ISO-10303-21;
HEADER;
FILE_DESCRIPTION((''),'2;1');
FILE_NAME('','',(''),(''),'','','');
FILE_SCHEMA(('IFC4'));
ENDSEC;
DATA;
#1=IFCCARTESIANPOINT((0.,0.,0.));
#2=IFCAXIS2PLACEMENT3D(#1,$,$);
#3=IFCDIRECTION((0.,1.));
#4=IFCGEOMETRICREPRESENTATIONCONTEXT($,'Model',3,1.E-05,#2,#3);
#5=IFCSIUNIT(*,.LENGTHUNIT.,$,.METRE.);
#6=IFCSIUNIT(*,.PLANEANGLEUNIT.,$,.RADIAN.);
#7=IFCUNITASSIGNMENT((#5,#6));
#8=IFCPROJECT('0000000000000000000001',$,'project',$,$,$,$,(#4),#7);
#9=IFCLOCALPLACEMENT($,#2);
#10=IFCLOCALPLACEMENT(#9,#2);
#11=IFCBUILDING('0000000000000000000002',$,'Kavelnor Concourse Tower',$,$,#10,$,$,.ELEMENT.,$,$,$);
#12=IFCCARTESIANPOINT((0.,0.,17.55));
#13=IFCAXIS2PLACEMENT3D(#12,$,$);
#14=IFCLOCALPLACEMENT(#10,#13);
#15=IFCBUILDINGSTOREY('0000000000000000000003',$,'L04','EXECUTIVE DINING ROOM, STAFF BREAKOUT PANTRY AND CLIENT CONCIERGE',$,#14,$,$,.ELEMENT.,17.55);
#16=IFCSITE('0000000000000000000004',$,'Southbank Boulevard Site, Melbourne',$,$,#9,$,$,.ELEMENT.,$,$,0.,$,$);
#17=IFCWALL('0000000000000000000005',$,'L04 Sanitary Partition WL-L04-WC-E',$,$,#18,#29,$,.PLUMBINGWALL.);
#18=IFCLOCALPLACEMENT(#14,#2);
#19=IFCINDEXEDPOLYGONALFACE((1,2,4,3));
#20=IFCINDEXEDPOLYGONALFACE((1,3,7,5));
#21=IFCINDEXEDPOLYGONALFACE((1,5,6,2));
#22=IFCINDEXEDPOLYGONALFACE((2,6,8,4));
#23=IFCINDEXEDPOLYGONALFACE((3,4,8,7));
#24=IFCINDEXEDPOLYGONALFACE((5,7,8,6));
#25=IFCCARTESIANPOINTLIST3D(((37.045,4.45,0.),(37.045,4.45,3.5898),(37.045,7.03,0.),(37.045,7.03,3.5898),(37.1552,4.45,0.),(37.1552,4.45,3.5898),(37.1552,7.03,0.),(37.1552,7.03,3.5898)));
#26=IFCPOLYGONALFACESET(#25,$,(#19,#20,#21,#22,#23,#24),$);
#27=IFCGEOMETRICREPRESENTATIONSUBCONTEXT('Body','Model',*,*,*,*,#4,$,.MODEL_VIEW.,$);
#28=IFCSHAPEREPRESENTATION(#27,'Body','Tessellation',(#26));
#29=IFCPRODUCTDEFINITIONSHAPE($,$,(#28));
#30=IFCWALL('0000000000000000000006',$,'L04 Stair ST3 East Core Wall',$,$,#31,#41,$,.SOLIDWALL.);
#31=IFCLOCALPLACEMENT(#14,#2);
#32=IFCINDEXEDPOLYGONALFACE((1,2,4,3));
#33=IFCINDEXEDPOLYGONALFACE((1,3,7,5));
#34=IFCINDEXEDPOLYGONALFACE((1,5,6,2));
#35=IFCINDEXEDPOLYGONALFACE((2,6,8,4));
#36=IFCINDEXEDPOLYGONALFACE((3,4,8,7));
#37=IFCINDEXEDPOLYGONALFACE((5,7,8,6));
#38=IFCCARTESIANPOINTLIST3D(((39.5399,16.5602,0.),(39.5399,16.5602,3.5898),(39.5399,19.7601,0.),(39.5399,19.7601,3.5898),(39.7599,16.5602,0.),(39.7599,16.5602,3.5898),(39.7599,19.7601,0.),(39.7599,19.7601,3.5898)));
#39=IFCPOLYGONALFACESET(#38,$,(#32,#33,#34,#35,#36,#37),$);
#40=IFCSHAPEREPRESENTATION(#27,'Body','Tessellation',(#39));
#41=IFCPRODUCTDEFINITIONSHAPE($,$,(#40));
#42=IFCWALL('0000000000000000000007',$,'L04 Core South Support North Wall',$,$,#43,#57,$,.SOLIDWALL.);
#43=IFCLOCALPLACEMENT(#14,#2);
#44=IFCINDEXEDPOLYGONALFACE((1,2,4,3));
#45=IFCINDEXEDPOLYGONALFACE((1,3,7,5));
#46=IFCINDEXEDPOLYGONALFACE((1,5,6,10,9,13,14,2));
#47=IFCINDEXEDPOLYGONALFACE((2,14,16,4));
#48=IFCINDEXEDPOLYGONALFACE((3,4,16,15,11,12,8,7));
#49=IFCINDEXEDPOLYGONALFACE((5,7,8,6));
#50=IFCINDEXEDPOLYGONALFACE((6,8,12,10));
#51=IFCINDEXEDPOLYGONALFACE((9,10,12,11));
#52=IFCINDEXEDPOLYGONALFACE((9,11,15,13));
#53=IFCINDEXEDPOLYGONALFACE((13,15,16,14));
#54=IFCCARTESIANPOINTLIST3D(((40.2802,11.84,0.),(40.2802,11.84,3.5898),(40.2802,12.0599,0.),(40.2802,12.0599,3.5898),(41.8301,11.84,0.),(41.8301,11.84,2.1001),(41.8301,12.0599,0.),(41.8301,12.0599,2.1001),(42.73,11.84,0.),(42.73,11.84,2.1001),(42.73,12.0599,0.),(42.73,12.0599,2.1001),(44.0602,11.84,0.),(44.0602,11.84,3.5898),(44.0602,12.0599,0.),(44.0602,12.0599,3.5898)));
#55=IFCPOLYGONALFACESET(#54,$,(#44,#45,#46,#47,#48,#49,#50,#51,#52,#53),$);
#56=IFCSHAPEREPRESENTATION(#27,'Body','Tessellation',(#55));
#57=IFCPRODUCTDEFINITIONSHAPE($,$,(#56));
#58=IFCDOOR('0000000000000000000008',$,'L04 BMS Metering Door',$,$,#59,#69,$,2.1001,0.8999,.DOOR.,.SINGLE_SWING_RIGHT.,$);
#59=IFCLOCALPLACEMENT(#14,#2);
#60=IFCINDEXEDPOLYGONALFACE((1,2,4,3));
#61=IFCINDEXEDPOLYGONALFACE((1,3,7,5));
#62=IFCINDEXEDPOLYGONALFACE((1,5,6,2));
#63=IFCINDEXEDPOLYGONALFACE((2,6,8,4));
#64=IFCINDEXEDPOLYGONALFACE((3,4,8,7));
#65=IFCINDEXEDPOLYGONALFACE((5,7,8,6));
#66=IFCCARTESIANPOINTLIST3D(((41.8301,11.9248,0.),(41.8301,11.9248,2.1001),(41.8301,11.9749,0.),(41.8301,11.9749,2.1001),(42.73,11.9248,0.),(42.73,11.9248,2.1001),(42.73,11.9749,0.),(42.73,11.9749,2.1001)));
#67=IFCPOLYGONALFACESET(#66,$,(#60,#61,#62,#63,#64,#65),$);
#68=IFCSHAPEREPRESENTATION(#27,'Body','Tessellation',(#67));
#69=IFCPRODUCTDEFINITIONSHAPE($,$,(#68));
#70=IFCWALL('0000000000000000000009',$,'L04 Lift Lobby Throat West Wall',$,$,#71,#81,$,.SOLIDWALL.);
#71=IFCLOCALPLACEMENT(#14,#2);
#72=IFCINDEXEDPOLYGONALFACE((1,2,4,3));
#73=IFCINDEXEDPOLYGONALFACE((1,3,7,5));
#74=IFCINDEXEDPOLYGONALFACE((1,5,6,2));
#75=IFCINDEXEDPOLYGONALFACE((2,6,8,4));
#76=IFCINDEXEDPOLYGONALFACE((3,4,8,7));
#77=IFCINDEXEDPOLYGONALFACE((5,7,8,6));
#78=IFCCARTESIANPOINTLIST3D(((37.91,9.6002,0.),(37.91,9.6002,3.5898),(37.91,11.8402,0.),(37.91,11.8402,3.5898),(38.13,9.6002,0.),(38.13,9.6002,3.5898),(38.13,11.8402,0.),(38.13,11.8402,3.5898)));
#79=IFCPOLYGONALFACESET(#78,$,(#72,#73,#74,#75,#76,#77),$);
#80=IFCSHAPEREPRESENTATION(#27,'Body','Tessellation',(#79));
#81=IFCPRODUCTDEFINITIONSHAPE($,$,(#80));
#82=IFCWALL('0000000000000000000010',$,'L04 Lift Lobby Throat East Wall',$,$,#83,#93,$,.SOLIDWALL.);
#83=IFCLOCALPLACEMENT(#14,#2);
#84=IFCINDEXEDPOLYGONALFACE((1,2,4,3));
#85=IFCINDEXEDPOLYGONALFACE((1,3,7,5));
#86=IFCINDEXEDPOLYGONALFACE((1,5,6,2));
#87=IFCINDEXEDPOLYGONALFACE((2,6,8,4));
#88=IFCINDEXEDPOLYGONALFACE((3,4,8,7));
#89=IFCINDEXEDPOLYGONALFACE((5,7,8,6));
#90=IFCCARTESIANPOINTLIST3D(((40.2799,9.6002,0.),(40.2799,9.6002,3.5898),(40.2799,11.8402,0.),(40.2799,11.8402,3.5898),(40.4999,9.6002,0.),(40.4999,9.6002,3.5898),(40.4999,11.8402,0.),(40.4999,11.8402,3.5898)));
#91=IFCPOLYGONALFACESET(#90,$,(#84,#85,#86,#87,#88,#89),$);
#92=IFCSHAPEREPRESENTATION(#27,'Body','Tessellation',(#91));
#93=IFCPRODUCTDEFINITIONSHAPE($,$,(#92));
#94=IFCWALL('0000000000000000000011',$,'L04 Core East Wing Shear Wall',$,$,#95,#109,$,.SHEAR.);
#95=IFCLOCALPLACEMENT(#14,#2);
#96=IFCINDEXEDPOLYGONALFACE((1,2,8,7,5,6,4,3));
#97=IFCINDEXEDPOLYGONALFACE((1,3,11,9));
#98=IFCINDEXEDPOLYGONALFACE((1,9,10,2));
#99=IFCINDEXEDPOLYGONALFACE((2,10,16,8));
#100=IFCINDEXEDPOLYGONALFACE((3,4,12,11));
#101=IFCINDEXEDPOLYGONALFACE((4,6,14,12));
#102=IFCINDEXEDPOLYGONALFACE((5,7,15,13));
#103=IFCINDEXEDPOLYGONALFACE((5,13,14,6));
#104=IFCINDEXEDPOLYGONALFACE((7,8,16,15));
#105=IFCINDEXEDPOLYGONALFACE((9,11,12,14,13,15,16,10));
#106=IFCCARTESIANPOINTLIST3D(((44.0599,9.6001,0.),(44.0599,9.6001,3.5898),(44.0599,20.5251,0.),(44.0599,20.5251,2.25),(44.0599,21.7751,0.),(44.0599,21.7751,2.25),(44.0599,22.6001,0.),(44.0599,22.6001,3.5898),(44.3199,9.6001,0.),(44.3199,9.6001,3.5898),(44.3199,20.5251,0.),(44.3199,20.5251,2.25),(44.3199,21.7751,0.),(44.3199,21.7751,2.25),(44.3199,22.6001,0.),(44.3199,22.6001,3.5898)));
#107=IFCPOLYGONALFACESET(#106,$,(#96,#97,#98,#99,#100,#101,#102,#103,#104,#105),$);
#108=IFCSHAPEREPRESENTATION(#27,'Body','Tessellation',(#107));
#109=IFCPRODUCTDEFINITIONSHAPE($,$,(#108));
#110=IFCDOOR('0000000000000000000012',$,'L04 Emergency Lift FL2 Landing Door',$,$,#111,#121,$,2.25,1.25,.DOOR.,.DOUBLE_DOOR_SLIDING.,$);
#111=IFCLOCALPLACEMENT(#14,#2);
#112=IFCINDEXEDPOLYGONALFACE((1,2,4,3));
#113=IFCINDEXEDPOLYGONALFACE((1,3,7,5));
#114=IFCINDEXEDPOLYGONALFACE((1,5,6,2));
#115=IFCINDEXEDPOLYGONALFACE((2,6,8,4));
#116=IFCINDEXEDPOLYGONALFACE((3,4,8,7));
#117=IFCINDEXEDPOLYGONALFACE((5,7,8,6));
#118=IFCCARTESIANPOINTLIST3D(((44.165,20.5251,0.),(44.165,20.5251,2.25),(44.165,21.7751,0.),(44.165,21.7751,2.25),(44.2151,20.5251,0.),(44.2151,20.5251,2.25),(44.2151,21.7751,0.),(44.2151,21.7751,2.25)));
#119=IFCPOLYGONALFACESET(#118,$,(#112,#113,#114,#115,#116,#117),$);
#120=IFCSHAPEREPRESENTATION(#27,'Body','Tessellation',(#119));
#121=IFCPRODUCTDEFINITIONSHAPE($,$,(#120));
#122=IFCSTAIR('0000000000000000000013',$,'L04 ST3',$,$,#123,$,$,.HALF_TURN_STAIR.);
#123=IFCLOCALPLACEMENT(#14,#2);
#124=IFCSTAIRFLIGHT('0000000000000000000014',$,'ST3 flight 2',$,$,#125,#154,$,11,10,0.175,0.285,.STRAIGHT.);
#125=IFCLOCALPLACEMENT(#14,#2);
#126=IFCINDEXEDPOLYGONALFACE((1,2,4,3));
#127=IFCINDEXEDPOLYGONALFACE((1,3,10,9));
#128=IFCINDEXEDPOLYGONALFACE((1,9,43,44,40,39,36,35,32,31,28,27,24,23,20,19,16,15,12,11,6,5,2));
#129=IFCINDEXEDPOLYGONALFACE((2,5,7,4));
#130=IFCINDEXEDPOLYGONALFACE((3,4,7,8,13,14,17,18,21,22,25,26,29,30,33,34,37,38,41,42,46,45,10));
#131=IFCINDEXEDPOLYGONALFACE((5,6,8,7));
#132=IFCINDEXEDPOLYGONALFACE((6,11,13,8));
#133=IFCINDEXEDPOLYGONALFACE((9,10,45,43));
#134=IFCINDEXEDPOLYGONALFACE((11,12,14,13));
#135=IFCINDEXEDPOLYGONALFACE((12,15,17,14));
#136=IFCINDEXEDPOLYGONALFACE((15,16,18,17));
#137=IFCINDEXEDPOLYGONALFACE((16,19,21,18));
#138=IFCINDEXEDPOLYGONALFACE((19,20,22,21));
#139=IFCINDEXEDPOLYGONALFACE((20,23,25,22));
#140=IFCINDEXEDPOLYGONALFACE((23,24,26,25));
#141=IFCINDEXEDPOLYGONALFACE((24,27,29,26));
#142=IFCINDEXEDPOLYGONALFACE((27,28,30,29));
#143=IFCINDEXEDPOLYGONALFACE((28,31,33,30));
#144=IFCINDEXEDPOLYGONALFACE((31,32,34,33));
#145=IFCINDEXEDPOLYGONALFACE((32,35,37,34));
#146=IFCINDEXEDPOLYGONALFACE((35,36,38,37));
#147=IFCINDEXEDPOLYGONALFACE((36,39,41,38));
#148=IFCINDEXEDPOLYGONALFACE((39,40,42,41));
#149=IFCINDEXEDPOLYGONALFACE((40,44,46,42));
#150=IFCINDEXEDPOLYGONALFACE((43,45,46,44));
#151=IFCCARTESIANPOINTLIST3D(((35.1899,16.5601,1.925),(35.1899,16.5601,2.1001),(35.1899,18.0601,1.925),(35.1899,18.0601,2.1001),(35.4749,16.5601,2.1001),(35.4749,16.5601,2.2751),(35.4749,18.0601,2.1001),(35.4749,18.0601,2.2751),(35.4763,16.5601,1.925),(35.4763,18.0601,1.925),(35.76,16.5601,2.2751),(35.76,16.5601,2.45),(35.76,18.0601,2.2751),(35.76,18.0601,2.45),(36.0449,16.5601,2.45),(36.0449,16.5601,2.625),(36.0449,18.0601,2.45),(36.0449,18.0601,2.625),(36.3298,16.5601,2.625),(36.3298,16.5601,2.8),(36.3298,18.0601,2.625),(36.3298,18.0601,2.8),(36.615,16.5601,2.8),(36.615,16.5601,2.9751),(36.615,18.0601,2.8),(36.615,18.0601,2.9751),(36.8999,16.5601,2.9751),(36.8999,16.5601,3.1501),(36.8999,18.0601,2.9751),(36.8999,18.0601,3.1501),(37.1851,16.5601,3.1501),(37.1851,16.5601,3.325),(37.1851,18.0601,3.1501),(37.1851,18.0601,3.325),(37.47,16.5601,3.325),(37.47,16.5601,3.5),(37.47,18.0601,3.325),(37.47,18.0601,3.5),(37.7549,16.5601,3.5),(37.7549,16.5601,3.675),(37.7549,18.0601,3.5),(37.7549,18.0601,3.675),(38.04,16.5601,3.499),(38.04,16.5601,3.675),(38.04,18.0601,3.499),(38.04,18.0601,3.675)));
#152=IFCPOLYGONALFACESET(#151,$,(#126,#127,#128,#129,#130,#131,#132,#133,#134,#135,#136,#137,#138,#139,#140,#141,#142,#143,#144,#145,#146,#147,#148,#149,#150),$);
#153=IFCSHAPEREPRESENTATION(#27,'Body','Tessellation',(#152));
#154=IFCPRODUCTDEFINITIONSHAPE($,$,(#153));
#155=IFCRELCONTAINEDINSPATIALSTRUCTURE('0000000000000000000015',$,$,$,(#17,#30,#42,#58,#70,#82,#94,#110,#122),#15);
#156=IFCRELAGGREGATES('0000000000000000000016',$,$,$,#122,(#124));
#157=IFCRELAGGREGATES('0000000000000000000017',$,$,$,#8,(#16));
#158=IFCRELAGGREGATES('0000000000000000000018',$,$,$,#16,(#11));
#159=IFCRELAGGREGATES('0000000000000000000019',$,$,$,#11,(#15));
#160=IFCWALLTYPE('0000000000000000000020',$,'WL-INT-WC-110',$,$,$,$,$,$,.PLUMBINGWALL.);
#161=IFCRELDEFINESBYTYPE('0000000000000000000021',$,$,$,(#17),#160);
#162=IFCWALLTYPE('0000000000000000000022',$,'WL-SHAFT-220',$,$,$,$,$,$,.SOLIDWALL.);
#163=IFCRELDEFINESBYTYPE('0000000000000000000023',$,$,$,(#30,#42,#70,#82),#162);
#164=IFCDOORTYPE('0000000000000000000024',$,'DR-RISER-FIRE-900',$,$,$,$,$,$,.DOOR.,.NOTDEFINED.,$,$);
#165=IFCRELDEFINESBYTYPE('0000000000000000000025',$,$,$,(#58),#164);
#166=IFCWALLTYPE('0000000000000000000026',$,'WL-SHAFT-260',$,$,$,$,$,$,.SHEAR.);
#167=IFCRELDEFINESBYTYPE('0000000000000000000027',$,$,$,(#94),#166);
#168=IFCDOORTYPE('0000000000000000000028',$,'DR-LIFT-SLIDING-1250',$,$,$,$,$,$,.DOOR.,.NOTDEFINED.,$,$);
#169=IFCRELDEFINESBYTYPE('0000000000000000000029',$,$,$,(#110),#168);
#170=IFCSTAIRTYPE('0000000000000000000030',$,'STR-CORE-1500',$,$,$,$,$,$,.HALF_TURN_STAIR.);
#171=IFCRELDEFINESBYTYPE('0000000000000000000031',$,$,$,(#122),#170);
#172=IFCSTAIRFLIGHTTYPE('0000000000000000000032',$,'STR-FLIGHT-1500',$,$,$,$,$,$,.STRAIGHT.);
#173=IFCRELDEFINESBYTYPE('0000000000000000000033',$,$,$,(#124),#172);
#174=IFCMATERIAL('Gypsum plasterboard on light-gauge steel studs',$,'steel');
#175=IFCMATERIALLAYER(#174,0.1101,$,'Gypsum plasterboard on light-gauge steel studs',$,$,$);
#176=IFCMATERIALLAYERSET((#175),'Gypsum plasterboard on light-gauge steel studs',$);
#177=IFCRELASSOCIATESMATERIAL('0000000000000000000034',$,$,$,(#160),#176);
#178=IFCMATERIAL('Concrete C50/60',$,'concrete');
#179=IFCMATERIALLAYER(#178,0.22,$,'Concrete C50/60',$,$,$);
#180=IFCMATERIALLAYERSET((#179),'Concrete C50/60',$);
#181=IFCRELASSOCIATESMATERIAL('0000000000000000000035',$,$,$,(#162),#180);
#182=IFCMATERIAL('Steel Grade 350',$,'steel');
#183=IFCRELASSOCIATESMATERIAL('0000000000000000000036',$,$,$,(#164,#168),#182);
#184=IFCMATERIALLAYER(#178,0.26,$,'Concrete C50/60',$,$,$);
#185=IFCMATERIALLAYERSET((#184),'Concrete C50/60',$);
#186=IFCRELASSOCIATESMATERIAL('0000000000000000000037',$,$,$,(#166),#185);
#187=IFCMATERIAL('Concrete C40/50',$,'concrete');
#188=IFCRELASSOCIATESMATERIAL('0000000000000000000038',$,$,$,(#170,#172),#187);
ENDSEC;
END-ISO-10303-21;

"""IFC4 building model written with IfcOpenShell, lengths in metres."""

from ifc_helpers import new_model, si_unit, direction, frame, frame_2d, origin, place, context, subcontext, project, spatial, polyline, rectangle, outline, extrude, material, layer, layer_set, type_object, element, fill, aggregate, save


model = new_model("IFC4")

# Units and contexts
model_context = context("Model", 3, precision=1e-05, world=origin(), true_north=direction((0.0, 1.0)))
body_context = subcontext(model_context, "Body", "Model", "MODEL_VIEW")
ifc_project = project(units=[si_unit("LENGTHUNIT", "METRE"), si_unit("PLANEANGLEUNIT", "RADIAN")], contexts=[model_context])

# Site, building, storey
site_placement = place(None, origin())
site = spatial("IfcSite", under=ifc_project, at=site_placement, Name="Southbank Boulevard Site, Melbourne", CompositionType="ELEMENT", RefElevation=0.0)
building_placement = place(site_placement, origin())
building = spatial("IfcBuilding", under=site, at=building_placement, Name="Kavelnor Concourse Tower", CompositionType="ELEMENT")
storey_placement = place(building_placement, frame((0.0, 0.0, 17.55)))
storey = spatial("IfcBuildingStorey", under=building, at=storey_placement, Name="L04", Description="EXECUTIVE DINING ROOM, STAFF BREAKOUT PANTRY AND CLIENT CONCIERGE", CompositionType="ELEMENT", Elevation=17.55)

# Shared definitions
ifc_material_1 = material(Name="Steel Grade 350", Category="steel")

# Walls
ifc_material_2 = material(Name="Gypsum plasterboard on light-gauge steel studs", Category="steel")
ifc_layer_1 = layer(ifc_material_2, 0.1101, Name="Gypsum plasterboard on light-gauge steel studs")
ifc_layer_set_1 = layer_set([ifc_layer_1], Name="Gypsum plasterboard on light-gauge steel studs")
wall_type_1 = type_object("IfcWallType", Name="WL-INT-WC-110", PredefinedType="PLUMBINGWALL", material=ifc_layer_set_1)
wall_1_placement = place(storey_placement, frame((37.1001, 4.45, 0.0), z_axis=(0.0, 0.0, 1.0), x_axis=(0.0, 1.0, 0.0)))
element("IfcWall", 1, at=wall_1_placement, inside=storey, type_object=wall_type_1, Name="L04 Sanitary Partition WL-L04-WC-E", PredefinedType="PLUMBINGWALL", context=body_context, shape_type="SweptSolid", body=[
    extrude(rectangle(XDim=2.5801, YDim=0.1101, at=frame_2d((1.29, 0.0))), origin(), (0.0, 0.0, 1.0), 3.5898),
])
ifc_material_3 = material(Name="Concrete C50/60", Category="concrete")
ifc_layer_2 = layer(ifc_material_3, 0.22, Name="Concrete C50/60")
ifc_layer_set_2 = layer_set([ifc_layer_2], Name="Concrete C50/60")
wall_type_2 = type_object("IfcWallType", Name="WL-SHAFT-220", PredefinedType="SOLIDWALL", material=ifc_layer_set_2)
wall_2_placement = place(storey_placement, frame((39.6499, 16.5601, 0.0), z_axis=(0.0, 0.0, 1.0), x_axis=(0.0, 1.0, 0.0)))
element("IfcWall", 2, at=wall_2_placement, inside=storey, type_object=wall_type_2, Name="L04 Stair ST3 East Core Wall", PredefinedType="SOLIDWALL", context=body_context, shape_type="SweptSolid", body=[
    extrude(rectangle(XDim=3.2, YDim=0.22, at=frame_2d((1.6001, 0.0))), origin(), (0.0, 0.0, 1.0), 3.5898),
])

# Wall, opening, door
wall_3_placement = place(storey_placement, frame((40.28, 11.95, 0.0), z_axis=(0.0, 0.0, 1.0), x_axis=(1.0, 0.0, 0.0)))
wall_3 = element("IfcWall", 3, at=wall_3_placement, inside=storey, type_object=wall_type_2, Name="L04 Core South Support North Wall", PredefinedType="SOLIDWALL", context=body_context, shape_type="SweptSolid", body=[
    extrude(rectangle(XDim=3.78, YDim=0.22, at=frame_2d((1.8901, 0.0))), origin(), (0.0, 0.0, 1.0), 3.5898),
])
opening_1_placement = place(wall_3_placement, frame((1.55, 0.0, 0.0)))
opening_1 = element("IfcOpeningElement", 4, at=opening_1_placement, cuts=wall_3, PredefinedType="OPENING", context=body_context, shape_type="SweptSolid", body=[
    extrude(rectangle(XDim=0.8999, YDim=2.1001, at=frame_2d((0.45, 1.05))), frame((0.0, 0.1201, 0.0), z_axis=(0.0, -1.0, 0.0), x_axis=(1.0, 0.0, 0.0)), (0.0, 0.0, 1.0), 0.24),
])
door_type_1 = type_object("IfcDoorType", Name="DR-RISER-FIRE-900", OperationType="NOTDEFINED", PredefinedType="DOOR", material=ifc_material_1)
door_1_placement = place(opening_1_placement, origin())
door_1 = element("IfcDoor", 5, at=door_1_placement, inside=storey, type_object=door_type_1, Name="L04 BMS Metering Door", OperationType="SINGLE_SWING_RIGHT", OverallHeight=2.1001, OverallWidth=0.8999, PredefinedType="DOOR", context=body_context, shape_type="SweptSolid", body=[
    extrude(rectangle(XDim=0.8999, YDim=2.1001, at=frame_2d((0.45, 1.05))), frame((0.0, 0.0249, 0.0), z_axis=(0.0, -1.0, 0.0), x_axis=(1.0, 0.0, 0.0)), (0.0, 0.0, 1.0), 0.05),
])
fill(opening_1, door_1)

# Walls
for number, where, z_axis, x_axis, name in (
    (6, (38.02, 9.6001, 0.0), (0.0, 0.0, 1.0), (0.0, 1.0, 0.0), "L04 Lift Lobby Throat West Wall"),
    (7, (40.3899, 9.6001, 0.0), (0.0, 0.0, 1.0), (0.0, 1.0, 0.0), "L04 Lift Lobby Throat East Wall"),
):
    element("IfcWall", number, at=place(storey_placement, frame(where, z_axis=z_axis, x_axis=x_axis)), inside=storey, type_object=wall_type_2, Name=name, PredefinedType="SOLIDWALL", context=body_context, shape_type="SweptSolid", body=[
        extrude(rectangle(XDim=2.24, YDim=0.22, at=frame_2d((1.1201, 0.0))), origin(), (0.0, 0.0, 1.0), 3.5898),
    ])

# Wall, opening, door
ifc_layer_3 = layer(ifc_material_3, 0.26, Name="Concrete C50/60")
ifc_layer_set_3 = layer_set([ifc_layer_3], Name="Concrete C50/60")
wall_type_3 = type_object("IfcWallType", Name="WL-SHAFT-260", PredefinedType="SHEAR", material=ifc_layer_set_3)
wall_4_placement = place(storey_placement, frame((44.1899, 9.6001, 0.0), z_axis=(0.0, 0.0, 1.0), x_axis=(0.0, 1.0, 0.0)))
wall_4 = element("IfcWall", 8, at=wall_4_placement, inside=storey, type_object=wall_type_3, Name="L04 Core East Wing Shear Wall", PredefinedType="SHEAR", context=body_context, shape_type="SweptSolid", body=[
    extrude(rectangle(XDim=13.0, YDim=0.26, at=frame_2d((6.5, 0.0))), origin(), (0.0, 0.0, 1.0), 3.5898),
])
opening_2_placement = place(wall_4_placement, frame((10.925, 0.0, 0.0)))
opening_2 = element("IfcOpeningElement", 9, at=opening_2_placement, cuts=wall_4, PredefinedType="OPENING", context=body_context, shape_type="SweptSolid", body=[
    extrude(rectangle(XDim=1.25, YDim=2.25, at=frame_2d((0.625, 1.125))), frame((0.0, 0.1401, 0.0), z_axis=(0.0, -1.0, 0.0), x_axis=(1.0, 0.0, 0.0)), (0.0, 0.0, 1.0), 0.28),
])
door_type_2 = type_object("IfcDoorType", Name="DR-LIFT-SLIDING-1250", OperationType="NOTDEFINED", PredefinedType="DOOR", material=ifc_material_1)
door_2_placement = place(opening_2_placement, origin())
door_2 = element("IfcDoor", 10, at=door_2_placement, inside=storey, type_object=door_type_2, Name="L04 Emergency Lift FL2 Landing Door", OperationType="DOUBLE_DOOR_SLIDING", OverallHeight=2.25, OverallWidth=1.25, PredefinedType="DOOR", context=body_context, shape_type="SweptSolid", body=[
    extrude(rectangle(XDim=1.25, YDim=2.25, at=frame_2d((0.625, 1.125))), frame((0.0, 0.0249, 0.0), z_axis=(0.0, -1.0, 0.0), x_axis=(1.0, 0.0, 0.0)), (0.0, 0.0, 1.0), 0.05),
])
fill(opening_2, door_2)

# Stair, stair flight
ifc_material_4 = material(Name="Concrete C40/50", Category="concrete")
stair_type = type_object("IfcStairType", Name="STR-CORE-1500", PredefinedType="HALF_TURN_STAIR", material=ifc_material_4)
stair_placement = place(storey_placement, origin())
stair = element("IfcStair", 11, at=stair_placement, inside=storey, type_object=stair_type, Name="L04 ST3", PredefinedType="HALF_TURN_STAIR")
stair_flight_type = type_object("IfcStairFlightType", Name="STR-FLIGHT-1500", PredefinedType="STRAIGHT", material=ifc_material_4)
stair_flight_placement = place(storey_placement, frame((35.1899, 17.3101, 1.925), z_axis=(0.0, 0.0, 1.0), x_axis=(1.0, 0.0, 0.0)))
stair_flight = element("IfcStairFlight", 12, at=stair_flight_placement, type_object=stair_flight_type, Name="ST3 flight 2", NumberOfRisers=11, NumberOfTreads=10, PredefinedType="STRAIGHT", RiserHeight=0.175, TreadLength=0.285, context=body_context, shape_type="SweptSolid", body=[
    extrude(outline(polyline([(0.0, 0.0), (0.0, 0.175), (0.2849, 0.175), (0.2849, 0.3501), (0.5701, 0.3501), (0.5701, 0.5249), (0.855, 0.5249), (0.855, 0.7), (1.1399, 0.7), (1.1399, 0.875), (1.425, 0.875), (1.425, 1.05), (1.71, 1.05), (1.71, 1.2251), (1.9951, 1.2251), (1.9951, 1.3999), (2.28, 1.3999), (2.28, 1.575), (2.5649, 1.575), (2.5649, 1.75), (2.8501, 1.75), (2.8501, 1.925), (2.8501, 1.574), (0.2864, 0.0), (0.0, 0.0)])), frame((0.0, 0.75, 0.0), z_axis=(0.0, -1.0, 0.0), x_axis=(1.0, 0.0, 0.0)), (0.0, 0.0, 1.0), 1.5),
])
aggregate(stair, [stair_flight])

save(model, "model.ifc")
